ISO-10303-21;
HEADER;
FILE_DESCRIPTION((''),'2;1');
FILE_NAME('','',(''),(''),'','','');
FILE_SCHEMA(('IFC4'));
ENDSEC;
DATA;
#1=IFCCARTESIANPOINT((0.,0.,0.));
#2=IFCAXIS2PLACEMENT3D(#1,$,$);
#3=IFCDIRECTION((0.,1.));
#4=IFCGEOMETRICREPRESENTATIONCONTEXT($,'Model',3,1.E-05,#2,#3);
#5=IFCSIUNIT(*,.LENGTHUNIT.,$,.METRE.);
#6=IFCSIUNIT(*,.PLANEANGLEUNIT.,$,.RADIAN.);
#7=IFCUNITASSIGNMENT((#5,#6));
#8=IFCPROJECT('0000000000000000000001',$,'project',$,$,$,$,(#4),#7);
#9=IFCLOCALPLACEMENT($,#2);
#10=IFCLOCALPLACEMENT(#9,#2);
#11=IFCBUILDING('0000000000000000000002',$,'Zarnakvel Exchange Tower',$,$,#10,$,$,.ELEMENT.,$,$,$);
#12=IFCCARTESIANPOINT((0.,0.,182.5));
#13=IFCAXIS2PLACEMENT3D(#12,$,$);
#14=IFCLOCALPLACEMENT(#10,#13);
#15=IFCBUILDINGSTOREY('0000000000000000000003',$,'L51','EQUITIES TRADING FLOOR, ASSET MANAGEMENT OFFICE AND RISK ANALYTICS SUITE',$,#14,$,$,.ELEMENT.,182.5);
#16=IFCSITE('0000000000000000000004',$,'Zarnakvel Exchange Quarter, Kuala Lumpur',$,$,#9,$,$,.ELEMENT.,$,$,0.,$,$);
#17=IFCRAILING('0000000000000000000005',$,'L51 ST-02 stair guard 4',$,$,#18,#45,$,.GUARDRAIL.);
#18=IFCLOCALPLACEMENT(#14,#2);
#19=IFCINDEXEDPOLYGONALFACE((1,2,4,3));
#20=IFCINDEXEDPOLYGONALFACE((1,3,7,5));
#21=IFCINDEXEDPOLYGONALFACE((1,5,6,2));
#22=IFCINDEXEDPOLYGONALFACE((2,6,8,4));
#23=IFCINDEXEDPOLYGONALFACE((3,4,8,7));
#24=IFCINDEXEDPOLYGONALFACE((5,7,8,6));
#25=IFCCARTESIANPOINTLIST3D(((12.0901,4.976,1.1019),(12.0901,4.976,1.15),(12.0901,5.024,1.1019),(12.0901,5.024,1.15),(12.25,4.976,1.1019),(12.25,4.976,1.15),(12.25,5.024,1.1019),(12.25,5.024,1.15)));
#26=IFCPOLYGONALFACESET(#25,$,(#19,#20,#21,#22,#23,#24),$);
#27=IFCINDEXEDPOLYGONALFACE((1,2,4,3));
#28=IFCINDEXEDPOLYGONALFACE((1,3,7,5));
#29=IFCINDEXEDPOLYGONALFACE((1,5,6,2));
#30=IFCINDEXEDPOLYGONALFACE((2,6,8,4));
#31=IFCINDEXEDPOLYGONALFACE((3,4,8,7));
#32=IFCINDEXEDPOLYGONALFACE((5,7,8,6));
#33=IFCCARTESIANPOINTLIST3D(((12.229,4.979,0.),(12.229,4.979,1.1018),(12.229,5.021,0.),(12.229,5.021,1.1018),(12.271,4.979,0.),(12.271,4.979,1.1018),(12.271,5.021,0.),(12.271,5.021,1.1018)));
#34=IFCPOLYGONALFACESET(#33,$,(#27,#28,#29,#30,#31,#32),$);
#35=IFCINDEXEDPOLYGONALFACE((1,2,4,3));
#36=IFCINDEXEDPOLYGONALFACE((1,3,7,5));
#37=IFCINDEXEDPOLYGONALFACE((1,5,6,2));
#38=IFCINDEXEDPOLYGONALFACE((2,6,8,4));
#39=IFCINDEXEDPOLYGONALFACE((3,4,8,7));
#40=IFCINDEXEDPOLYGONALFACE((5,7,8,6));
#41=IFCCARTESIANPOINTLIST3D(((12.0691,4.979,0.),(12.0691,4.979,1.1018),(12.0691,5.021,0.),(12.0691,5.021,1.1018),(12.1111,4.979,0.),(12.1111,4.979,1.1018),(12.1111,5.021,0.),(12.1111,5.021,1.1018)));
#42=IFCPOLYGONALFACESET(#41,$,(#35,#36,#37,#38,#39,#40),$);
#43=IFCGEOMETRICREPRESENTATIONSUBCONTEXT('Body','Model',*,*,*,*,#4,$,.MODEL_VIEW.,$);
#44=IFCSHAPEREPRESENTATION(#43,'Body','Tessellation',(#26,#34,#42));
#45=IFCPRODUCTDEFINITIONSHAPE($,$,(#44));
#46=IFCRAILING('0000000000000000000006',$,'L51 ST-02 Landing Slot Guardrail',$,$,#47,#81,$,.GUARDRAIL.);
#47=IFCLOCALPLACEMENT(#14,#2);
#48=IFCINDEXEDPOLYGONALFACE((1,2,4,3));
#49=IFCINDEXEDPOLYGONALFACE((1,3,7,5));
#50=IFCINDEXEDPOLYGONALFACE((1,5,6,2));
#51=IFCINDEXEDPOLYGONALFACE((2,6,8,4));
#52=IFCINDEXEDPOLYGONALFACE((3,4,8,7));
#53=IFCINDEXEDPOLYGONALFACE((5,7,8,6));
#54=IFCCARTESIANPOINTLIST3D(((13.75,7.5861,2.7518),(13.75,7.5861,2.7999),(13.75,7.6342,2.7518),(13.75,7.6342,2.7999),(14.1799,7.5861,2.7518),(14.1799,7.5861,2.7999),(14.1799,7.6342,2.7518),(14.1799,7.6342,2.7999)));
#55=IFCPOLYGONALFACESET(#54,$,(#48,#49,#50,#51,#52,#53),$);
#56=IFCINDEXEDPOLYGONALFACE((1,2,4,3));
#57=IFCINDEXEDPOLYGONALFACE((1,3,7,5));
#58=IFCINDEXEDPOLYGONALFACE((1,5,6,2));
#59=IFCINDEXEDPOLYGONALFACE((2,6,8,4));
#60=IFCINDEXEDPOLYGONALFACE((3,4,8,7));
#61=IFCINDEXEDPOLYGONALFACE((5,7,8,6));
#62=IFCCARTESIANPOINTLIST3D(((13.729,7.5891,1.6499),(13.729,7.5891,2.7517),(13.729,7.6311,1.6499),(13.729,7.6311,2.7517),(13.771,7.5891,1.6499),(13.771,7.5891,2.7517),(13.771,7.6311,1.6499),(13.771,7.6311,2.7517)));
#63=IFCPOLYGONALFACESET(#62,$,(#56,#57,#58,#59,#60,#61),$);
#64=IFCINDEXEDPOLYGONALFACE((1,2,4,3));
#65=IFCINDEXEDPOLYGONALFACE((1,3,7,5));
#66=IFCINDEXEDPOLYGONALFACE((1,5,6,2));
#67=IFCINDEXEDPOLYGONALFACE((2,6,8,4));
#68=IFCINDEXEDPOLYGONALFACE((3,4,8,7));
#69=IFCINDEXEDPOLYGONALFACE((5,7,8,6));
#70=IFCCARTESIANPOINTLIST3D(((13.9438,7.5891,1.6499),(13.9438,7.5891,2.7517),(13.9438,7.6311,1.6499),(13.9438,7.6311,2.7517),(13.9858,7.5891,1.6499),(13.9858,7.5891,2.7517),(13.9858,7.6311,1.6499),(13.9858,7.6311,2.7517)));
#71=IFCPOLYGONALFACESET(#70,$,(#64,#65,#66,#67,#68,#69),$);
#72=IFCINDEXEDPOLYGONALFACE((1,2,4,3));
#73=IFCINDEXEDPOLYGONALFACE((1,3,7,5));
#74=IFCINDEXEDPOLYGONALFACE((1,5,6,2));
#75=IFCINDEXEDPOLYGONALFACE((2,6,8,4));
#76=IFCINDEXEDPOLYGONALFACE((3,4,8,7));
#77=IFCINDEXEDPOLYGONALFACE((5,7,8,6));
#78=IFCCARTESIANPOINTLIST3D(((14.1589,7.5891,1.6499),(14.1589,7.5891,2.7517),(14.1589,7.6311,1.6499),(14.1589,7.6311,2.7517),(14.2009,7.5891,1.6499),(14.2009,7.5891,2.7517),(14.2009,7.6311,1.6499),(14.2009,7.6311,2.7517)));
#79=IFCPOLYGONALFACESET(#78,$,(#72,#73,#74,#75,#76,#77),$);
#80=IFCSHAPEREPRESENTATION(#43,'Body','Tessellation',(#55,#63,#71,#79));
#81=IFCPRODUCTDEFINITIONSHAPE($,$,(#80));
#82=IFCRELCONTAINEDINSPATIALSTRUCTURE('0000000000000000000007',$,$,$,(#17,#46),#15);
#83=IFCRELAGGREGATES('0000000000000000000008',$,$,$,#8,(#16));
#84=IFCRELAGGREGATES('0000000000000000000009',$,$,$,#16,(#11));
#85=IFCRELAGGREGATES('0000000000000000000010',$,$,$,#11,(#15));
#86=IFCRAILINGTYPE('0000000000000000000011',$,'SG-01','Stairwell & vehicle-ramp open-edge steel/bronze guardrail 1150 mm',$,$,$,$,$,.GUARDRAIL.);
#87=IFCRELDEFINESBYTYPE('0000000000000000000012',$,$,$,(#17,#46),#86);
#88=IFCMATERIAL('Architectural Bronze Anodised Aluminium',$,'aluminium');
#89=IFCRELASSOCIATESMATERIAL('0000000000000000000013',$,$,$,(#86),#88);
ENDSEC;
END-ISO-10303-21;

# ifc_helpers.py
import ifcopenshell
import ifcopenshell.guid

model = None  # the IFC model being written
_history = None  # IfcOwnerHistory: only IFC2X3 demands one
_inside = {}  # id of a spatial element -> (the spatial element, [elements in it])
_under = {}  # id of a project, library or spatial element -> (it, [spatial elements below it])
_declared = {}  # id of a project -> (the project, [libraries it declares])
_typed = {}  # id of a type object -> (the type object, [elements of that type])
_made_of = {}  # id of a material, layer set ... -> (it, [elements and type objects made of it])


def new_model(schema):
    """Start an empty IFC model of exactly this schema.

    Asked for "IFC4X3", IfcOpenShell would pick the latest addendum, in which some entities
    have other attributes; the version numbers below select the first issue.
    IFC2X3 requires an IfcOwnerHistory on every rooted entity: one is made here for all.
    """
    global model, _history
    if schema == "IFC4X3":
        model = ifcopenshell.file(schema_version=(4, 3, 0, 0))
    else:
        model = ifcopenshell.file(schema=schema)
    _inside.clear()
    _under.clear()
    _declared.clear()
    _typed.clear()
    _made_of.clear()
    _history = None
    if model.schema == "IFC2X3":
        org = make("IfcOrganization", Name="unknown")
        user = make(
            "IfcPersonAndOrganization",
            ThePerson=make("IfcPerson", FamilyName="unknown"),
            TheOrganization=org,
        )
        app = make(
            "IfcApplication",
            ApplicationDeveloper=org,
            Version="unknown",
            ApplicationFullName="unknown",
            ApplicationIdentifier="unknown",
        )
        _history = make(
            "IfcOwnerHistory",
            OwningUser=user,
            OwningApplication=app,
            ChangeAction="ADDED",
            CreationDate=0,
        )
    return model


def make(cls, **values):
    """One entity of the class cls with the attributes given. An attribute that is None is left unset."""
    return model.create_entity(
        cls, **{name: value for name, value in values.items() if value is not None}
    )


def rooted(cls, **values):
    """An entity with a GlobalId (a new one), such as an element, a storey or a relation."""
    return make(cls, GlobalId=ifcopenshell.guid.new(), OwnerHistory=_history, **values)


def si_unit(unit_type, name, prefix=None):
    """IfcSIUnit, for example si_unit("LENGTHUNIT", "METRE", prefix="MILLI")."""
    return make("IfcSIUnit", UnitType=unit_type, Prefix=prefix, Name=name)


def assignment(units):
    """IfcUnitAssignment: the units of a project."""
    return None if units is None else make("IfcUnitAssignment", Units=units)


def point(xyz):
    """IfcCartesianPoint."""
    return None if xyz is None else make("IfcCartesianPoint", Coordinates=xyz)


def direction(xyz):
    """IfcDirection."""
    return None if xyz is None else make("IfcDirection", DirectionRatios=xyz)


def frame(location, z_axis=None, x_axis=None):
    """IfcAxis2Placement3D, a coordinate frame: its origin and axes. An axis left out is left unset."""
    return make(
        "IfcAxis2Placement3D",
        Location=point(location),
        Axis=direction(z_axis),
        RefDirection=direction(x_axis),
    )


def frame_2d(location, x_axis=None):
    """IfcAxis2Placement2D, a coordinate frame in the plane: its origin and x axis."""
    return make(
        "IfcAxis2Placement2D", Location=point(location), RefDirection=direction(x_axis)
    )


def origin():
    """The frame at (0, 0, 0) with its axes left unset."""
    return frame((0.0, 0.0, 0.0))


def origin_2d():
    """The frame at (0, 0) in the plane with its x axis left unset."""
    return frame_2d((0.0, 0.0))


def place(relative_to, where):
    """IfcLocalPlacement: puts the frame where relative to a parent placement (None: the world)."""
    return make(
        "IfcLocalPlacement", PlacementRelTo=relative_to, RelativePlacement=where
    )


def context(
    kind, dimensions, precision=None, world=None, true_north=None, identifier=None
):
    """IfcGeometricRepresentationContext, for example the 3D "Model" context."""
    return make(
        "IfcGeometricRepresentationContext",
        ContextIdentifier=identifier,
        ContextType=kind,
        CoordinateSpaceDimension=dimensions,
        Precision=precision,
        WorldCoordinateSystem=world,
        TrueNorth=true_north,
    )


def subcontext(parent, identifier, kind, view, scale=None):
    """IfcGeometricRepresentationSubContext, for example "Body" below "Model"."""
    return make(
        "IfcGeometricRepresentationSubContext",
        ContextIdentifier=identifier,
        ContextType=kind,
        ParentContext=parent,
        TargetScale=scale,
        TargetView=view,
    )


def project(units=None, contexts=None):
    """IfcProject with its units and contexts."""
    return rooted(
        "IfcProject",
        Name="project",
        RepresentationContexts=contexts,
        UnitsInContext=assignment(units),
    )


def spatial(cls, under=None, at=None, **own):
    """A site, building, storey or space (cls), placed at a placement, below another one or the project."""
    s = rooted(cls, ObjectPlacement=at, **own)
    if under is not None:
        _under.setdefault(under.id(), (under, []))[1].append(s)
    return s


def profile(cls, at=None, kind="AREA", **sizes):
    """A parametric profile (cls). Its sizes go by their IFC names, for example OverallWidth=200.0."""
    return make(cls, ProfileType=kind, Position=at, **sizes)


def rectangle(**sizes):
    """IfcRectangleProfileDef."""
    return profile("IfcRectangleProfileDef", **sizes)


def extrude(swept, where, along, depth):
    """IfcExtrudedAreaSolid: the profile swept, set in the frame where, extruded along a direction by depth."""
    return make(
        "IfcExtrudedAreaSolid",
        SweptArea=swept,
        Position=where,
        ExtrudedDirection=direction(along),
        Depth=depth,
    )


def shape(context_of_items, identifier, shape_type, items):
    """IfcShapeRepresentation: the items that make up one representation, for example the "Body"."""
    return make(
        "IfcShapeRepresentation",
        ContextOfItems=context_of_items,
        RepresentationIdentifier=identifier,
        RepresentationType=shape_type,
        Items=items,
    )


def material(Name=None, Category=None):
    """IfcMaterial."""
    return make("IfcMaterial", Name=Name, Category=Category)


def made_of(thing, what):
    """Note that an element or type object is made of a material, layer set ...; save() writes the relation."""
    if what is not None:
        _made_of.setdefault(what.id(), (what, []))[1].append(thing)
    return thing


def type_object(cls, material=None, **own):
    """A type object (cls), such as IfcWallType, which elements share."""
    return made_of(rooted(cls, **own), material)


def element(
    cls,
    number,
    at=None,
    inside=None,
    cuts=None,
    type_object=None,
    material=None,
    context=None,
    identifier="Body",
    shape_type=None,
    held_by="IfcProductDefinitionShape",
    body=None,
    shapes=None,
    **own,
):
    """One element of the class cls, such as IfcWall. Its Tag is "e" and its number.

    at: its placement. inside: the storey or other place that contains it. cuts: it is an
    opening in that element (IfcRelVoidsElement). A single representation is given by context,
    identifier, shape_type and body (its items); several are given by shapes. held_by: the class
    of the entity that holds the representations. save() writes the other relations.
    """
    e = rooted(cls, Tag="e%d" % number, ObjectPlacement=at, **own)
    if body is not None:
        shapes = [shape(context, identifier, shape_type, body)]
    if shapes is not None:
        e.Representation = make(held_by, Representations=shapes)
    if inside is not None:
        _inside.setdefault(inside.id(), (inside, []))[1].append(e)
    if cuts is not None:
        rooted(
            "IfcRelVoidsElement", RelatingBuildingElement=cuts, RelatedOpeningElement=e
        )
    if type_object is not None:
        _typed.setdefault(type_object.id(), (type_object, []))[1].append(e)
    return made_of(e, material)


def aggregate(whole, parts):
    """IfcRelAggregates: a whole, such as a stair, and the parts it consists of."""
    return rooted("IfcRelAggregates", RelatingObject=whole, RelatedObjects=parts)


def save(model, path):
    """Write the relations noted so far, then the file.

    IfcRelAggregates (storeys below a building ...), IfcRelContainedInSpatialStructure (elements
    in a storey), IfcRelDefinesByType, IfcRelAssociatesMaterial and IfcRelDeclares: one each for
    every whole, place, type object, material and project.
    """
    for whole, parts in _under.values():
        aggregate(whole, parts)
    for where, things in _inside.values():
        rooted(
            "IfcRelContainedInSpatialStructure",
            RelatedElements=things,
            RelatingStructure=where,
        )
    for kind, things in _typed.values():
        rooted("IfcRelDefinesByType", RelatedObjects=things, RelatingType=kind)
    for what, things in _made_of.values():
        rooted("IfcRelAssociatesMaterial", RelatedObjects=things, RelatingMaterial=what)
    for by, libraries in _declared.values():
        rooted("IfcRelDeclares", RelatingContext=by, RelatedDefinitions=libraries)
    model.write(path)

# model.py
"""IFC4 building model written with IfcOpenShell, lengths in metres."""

from ifc_helpers import new_model, si_unit, direction, frame, origin, origin_2d, place, context, subcontext, project, spatial, rectangle, extrude, material, type_object, element, save


model = new_model("IFC4")

# Units and contexts
model_context = context("Model", 3, precision=1e-05, world=origin(), true_north=direction((0.0, 1.0)))
body_context = subcontext(model_context, "Body", "Model", "MODEL_VIEW")
ifc_project = project(units=[si_unit("LENGTHUNIT", "METRE"), si_unit("PLANEANGLEUNIT", "RADIAN")], contexts=[model_context])

# Site, building, storey
site_placement = place(None, origin())
site = spatial("IfcSite", under=ifc_project, at=site_placement, Name="Zarnakvel Exchange Quarter, Kuala Lumpur", CompositionType="ELEMENT", RefElevation=0.0)
building_placement = place(site_placement, origin())
building = spatial("IfcBuilding", under=site, at=building_placement, Name="Zarnakvel Exchange Tower", CompositionType="ELEMENT")
storey_placement = place(building_placement, frame((0.0, 0.0, 182.5)))
storey = spatial("IfcBuildingStorey", under=building, at=storey_placement, Name="L51", Description="EQUITIES TRADING FLOOR, ASSET MANAGEMENT OFFICE AND RISK ANALYTICS SUITE", CompositionType="ELEMENT", Elevation=182.5)

# Shared definitions
ifc_material_1 = material(Name="Architectural Bronze Anodised Aluminium", Category="aluminium")

# Railings
railing_type_1 = type_object("IfcRailingType", Name="SG-01", Description="Stairwell & vehicle-ramp open-edge steel/bronze guardrail 1150 mm", PredefinedType="GUARDRAIL", material=ifc_material_1)
railing_1_placement = place(storey_placement, frame((12.25, 5.0, 0.0)))
element("IfcRailing", 1, at=railing_1_placement, inside=storey, type_object=railing_type_1, Name="L51 ST-02 stair guard 4", PredefinedType="GUARDRAIL", context=body_context, shape_type="SweptSolid", body=[
    extrude(rectangle(XDim=0.0481, YDim=0.0481, at=origin_2d()), frame((0.0, 0.0, 1.126), z_axis=(-1.0, 0.0, 0.0), x_axis=(0.0, -1.0, 0.0)), (0.0, 0.0, 1.0), 0.1599),
    extrude(rectangle(XDim=0.042, YDim=0.042, at=origin_2d()), origin(), (0.0, 0.0, 1.0), 1.1018),
    extrude(rectangle(XDim=0.042, YDim=0.042, at=origin_2d()), frame((-0.1599, 0.0, 0.0)), (0.0, 0.0, 1.0), 1.1018),
])
railing_2_placement = place(storey_placement, frame((13.75, 7.6101, 1.6499)))
element("IfcRailing", 2, at=railing_2_placement, inside=storey, type_object=railing_type_1, Name="L51 ST-02 Landing Slot Guardrail", PredefinedType="GUARDRAIL", context=body_context, shape_type="SweptSolid", body=[
    extrude(rectangle(XDim=0.0481, YDim=0.0481, at=origin_2d()), frame((0.0, 0.0, 1.126), z_axis=(1.0, 0.0, 0.0), x_axis=(0.0, 1.0, 0.0)), (0.0, 0.0, 1.0), 0.4299),
    extrude(rectangle(XDim=0.042, YDim=0.042, at=origin_2d()), origin(), (0.0, 0.0, 1.0), 1.1018),
    extrude(rectangle(XDim=0.042, YDim=0.042, at=origin_2d()), frame((0.2148, 0.0, 0.0)), (0.0, 0.0, 1.0), 1.1018),
    extrude(rectangle(XDim=0.042, YDim=0.042, at=origin_2d()), frame((0.4299, 0.0, 0.0)), (0.0, 0.0, 1.0), 1.1018),
])

save(model, "model.ifc")
